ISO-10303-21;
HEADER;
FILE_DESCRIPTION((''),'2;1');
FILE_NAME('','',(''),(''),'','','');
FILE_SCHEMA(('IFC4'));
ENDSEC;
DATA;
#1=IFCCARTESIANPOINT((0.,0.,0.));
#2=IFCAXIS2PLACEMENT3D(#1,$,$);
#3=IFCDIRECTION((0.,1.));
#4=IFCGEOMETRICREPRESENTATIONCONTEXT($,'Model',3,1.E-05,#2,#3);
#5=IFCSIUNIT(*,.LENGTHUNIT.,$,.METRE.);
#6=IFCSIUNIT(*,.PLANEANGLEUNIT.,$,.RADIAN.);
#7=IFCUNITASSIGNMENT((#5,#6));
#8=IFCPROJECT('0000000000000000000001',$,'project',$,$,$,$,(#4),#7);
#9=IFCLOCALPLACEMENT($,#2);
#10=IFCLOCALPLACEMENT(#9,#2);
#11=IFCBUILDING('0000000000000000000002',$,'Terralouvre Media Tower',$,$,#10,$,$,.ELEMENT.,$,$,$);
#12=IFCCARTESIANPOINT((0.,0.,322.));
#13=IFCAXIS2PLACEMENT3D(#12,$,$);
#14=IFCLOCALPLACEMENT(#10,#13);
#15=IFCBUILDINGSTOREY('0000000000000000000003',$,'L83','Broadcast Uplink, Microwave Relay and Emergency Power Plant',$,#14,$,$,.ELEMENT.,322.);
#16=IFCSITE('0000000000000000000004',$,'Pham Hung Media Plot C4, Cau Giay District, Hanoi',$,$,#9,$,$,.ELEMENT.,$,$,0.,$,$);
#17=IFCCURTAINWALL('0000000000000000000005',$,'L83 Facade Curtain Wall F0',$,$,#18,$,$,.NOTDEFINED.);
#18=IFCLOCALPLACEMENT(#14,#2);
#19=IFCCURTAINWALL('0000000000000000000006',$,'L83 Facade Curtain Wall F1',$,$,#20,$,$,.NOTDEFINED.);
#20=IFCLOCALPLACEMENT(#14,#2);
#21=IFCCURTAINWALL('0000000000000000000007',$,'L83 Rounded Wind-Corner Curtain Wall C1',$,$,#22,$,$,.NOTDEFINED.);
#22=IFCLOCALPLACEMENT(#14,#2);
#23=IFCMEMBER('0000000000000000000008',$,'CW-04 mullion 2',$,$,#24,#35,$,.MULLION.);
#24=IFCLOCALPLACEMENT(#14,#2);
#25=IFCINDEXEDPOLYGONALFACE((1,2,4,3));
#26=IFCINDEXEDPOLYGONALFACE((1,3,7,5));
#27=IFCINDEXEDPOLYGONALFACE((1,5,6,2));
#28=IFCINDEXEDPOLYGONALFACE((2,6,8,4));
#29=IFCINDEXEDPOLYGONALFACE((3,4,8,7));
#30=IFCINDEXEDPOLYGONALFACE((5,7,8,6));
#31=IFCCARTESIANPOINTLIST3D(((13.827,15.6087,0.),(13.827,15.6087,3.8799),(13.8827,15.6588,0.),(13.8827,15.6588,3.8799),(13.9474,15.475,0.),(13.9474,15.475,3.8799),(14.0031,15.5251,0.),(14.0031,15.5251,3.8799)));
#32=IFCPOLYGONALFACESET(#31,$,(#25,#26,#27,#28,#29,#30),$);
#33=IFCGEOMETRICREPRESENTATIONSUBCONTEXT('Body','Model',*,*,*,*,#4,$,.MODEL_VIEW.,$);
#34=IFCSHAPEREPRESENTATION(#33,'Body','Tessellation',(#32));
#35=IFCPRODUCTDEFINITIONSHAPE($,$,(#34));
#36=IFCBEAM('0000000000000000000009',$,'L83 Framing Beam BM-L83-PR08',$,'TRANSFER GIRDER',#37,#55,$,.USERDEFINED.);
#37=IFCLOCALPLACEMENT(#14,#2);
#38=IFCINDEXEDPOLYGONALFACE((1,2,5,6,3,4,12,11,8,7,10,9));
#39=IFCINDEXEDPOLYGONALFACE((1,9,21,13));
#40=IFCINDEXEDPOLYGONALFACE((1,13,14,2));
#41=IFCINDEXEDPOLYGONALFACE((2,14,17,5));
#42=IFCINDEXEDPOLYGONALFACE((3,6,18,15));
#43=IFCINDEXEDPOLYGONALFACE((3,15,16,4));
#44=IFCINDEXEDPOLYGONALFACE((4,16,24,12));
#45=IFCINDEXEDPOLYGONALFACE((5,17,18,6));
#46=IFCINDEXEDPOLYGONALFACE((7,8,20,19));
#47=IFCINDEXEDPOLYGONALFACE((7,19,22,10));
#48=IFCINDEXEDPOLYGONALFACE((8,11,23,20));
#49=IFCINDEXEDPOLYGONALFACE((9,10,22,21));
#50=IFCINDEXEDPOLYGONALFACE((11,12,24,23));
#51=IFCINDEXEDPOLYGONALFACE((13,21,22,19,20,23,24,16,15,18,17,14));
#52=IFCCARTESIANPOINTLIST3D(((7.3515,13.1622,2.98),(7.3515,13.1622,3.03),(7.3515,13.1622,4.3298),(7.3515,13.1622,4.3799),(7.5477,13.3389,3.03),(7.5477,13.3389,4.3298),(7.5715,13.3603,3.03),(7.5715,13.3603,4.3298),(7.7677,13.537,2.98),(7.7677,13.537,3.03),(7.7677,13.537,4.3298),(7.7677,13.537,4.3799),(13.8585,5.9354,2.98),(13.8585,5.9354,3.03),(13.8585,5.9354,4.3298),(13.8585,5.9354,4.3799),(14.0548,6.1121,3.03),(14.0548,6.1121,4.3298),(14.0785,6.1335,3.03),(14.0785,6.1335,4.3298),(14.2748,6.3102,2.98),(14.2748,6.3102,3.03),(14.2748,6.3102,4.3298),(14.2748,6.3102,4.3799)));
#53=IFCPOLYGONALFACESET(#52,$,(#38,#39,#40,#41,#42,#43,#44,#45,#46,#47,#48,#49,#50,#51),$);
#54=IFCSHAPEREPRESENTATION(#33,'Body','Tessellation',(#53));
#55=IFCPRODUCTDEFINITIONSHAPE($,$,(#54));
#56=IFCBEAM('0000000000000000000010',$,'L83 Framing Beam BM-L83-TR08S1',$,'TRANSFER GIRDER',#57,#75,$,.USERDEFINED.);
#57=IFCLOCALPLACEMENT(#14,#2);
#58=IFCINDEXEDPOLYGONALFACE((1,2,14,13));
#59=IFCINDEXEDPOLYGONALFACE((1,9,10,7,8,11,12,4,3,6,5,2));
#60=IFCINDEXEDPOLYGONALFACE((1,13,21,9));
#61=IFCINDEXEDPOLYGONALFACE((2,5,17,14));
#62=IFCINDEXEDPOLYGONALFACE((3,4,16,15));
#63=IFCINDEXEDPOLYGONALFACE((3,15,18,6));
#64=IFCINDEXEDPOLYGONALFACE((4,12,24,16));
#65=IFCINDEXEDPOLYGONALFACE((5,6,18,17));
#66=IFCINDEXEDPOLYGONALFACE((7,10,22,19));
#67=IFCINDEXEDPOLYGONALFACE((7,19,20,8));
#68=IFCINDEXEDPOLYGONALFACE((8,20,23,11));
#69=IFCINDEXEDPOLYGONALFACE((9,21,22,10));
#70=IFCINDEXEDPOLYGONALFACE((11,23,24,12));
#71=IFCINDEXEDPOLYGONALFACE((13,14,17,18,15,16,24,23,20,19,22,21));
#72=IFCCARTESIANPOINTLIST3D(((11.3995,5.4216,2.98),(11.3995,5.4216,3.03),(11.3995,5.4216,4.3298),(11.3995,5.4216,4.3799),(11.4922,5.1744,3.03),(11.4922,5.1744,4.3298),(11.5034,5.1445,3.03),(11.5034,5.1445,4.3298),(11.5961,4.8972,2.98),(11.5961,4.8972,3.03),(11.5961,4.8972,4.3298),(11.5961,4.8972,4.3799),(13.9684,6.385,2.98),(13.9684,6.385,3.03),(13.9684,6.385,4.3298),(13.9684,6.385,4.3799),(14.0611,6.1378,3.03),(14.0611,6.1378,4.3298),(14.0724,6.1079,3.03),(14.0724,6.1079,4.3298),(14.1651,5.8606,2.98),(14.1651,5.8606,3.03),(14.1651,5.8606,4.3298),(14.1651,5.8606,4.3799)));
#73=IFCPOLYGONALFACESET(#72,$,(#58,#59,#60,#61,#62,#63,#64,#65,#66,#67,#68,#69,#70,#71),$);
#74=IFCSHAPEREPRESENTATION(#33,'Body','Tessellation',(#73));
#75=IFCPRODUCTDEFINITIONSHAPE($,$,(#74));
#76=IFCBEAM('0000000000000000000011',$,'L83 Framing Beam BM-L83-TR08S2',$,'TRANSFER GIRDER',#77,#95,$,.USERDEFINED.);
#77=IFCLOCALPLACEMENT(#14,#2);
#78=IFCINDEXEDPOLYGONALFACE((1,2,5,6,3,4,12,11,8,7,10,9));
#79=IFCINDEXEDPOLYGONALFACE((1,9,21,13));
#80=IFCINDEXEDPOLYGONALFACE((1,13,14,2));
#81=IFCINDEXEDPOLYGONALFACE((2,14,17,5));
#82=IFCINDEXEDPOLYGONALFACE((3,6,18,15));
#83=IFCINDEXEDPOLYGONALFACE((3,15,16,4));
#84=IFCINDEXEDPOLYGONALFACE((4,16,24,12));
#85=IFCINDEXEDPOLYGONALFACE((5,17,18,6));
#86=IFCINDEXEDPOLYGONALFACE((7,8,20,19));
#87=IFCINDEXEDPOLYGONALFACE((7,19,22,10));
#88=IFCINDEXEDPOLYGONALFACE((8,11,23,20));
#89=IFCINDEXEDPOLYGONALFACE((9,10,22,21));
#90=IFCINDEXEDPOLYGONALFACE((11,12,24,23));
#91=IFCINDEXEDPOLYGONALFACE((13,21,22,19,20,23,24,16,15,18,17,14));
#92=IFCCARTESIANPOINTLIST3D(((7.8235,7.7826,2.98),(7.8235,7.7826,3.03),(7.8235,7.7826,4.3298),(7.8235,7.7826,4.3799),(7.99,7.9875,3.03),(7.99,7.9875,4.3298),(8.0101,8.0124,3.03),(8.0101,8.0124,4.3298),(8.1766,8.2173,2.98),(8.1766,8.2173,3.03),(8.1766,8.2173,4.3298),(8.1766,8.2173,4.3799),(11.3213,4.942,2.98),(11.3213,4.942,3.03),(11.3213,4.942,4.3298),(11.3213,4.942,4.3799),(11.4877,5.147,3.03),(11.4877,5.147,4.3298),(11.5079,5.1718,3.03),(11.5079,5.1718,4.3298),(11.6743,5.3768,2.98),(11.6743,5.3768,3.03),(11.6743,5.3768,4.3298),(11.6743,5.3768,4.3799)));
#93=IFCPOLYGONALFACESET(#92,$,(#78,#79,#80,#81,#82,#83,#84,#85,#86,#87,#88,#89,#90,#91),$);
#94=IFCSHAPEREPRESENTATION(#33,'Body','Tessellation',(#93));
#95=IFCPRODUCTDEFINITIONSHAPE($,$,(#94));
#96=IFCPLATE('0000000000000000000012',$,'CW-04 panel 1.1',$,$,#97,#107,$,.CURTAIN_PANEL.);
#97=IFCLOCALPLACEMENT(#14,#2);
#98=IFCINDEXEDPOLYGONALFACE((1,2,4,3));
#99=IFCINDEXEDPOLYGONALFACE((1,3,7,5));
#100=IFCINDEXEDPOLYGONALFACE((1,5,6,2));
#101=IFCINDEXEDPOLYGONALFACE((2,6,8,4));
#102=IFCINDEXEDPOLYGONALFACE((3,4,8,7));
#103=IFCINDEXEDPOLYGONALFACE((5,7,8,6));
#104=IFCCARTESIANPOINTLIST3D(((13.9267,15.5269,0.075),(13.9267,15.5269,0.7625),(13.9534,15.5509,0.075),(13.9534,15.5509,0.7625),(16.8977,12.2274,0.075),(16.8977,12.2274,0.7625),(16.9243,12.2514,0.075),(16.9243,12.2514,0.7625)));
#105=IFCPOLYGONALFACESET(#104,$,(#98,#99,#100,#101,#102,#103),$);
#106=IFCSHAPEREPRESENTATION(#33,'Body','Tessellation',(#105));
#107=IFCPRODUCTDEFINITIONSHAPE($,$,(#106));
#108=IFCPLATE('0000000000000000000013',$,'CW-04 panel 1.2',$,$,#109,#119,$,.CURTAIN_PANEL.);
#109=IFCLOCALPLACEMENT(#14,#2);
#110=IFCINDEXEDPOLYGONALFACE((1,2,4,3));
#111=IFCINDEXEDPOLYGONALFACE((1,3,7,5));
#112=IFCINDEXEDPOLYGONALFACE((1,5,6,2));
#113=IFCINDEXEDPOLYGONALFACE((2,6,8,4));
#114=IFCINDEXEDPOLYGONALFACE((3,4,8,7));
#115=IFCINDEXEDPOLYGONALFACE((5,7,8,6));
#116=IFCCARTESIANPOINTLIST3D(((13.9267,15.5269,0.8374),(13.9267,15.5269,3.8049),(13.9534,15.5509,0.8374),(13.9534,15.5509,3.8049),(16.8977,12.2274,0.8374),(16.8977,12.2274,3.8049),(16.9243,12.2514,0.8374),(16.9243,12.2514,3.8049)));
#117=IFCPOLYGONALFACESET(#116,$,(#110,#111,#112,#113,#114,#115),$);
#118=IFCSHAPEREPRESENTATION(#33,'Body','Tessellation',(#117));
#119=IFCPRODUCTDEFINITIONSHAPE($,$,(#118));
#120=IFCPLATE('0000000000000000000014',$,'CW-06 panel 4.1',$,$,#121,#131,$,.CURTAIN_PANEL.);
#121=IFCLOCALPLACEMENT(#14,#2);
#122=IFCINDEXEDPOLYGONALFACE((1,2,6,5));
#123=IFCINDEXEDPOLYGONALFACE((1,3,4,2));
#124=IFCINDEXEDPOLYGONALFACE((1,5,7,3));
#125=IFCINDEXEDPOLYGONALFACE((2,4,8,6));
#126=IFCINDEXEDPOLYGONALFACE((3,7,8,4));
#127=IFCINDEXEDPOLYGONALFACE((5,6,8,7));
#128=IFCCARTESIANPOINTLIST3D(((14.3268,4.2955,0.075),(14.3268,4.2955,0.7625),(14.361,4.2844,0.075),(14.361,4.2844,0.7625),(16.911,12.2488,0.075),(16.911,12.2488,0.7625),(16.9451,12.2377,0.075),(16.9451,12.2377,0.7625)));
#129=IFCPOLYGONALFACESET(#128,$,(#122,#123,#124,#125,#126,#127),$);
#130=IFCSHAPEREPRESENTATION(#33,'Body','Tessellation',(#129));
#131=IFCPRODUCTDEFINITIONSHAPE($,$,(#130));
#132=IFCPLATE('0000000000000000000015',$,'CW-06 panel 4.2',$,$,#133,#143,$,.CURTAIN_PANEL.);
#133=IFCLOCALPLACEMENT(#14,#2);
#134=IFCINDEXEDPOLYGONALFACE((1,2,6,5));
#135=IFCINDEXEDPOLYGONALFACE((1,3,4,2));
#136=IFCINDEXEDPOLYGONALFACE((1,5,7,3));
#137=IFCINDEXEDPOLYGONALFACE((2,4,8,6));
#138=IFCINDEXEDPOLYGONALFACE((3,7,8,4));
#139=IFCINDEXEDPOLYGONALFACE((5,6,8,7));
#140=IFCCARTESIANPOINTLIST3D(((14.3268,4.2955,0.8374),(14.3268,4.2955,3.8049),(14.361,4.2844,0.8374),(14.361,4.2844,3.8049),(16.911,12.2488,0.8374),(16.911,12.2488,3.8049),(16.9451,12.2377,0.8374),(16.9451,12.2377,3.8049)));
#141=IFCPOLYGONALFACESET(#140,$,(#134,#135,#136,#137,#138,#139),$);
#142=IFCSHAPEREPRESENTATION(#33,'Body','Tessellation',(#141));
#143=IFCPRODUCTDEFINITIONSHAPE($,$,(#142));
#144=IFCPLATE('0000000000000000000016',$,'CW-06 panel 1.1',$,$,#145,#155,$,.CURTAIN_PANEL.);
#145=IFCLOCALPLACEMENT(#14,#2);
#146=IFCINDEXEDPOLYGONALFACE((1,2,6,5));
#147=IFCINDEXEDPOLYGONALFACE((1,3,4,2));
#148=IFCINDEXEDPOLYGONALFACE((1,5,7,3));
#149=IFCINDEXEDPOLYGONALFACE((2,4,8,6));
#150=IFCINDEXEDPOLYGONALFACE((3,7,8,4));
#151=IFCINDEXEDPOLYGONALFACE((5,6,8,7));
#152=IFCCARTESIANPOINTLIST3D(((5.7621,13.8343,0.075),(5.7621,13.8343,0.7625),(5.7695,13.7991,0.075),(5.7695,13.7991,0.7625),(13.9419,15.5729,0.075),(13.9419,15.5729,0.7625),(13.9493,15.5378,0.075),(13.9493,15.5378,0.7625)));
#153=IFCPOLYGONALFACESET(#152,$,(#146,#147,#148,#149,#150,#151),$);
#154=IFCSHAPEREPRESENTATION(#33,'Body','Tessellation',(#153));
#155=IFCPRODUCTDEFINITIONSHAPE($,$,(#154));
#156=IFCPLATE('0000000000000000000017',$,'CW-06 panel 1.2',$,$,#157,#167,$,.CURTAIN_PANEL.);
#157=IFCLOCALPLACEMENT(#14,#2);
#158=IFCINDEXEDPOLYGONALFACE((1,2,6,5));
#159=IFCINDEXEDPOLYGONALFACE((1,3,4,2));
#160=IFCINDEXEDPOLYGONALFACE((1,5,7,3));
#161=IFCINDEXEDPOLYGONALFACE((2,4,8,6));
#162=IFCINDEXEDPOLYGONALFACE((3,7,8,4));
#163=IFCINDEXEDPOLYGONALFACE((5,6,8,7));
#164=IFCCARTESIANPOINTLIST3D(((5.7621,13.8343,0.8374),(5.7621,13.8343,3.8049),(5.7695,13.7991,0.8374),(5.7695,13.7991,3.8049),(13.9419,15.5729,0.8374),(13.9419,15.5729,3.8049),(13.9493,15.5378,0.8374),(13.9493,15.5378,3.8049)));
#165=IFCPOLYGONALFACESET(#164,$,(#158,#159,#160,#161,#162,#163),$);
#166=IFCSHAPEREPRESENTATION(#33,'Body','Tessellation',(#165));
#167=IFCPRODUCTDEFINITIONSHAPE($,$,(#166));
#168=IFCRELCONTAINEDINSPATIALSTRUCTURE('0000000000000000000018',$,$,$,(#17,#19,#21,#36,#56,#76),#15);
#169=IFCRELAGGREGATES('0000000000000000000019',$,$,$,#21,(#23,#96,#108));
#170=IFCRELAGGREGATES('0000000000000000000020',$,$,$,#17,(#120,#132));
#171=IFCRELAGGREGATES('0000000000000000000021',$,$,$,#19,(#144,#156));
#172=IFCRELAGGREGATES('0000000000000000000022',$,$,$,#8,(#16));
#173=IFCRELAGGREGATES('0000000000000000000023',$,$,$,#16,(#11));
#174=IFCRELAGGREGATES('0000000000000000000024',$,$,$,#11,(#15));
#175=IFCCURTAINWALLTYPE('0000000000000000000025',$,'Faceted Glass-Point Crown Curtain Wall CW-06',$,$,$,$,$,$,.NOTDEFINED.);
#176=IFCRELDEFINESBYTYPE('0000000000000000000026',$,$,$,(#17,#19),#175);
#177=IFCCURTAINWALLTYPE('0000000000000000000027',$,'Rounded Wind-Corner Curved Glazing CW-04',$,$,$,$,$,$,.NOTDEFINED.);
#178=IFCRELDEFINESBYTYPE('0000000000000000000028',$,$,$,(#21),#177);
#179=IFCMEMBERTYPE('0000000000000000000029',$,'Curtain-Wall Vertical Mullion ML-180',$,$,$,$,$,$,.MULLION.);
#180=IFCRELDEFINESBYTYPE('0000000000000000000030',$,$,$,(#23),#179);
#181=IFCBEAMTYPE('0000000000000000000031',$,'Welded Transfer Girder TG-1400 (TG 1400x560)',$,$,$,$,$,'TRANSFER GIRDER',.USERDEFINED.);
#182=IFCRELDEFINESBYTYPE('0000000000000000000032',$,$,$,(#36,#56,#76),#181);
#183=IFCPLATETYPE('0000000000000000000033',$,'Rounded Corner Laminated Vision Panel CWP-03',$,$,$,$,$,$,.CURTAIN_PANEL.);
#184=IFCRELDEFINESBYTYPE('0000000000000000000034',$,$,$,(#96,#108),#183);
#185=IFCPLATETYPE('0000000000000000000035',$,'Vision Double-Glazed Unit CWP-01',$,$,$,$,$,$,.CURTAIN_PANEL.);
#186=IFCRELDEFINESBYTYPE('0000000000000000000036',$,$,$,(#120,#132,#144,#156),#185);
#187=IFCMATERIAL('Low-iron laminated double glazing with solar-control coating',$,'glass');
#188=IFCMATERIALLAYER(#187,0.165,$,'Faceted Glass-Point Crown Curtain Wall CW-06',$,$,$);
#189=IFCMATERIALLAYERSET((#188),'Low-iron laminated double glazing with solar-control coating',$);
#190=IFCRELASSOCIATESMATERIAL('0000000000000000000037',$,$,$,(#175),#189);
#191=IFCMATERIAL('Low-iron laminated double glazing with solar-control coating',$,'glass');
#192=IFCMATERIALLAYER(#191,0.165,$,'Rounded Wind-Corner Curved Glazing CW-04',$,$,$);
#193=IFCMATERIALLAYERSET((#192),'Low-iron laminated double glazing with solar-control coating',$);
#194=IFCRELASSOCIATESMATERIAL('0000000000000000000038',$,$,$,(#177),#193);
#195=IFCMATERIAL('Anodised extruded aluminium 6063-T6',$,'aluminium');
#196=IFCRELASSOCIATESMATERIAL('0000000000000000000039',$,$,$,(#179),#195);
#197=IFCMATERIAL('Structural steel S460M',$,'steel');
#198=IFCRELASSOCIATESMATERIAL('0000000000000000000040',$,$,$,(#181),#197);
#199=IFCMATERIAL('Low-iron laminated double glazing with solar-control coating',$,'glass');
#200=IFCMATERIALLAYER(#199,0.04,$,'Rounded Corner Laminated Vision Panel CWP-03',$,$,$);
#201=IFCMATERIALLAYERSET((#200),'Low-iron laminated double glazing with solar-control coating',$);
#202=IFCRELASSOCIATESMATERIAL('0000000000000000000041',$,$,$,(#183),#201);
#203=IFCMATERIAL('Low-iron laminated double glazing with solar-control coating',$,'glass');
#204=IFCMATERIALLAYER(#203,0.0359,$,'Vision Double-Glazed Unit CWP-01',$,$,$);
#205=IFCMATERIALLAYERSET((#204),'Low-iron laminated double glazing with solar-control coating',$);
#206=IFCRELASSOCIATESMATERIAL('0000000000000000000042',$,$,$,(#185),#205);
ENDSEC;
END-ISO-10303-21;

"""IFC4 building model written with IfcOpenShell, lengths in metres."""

from ifc_helpers import new_model, si_unit, direction, frame, origin, origin_2d, place, context, subcontext, project, spatial, rectangle, i_section, extrude, material, layer, layer_set, material_profile, profile_set, type_object, element, aggregate, save


model = new_model("IFC4")

# Units and contexts
model_context = context("Model", 3, precision=1e-05, world=origin(), true_north=direction((0.0, 1.0)))
body_context = subcontext(model_context, "Body", "Model", "MODEL_VIEW")
ifc_project = project(units=[si_unit("LENGTHUNIT", "METRE"), si_unit("PLANEANGLEUNIT", "RADIAN")], contexts=[model_context])

# Site, building, storey
site_placement = place(None, origin())
site = spatial("IfcSite", under=ifc_project, at=site_placement, Name="Pham Hung Media Plot C4, Cau Giay District, Hanoi", CompositionType="ELEMENT", RefElevation=0.0)
building_placement = place(site_placement, origin())
building = spatial("IfcBuilding", under=site, at=building_placement, Name="Terralouvre Media Tower", CompositionType="ELEMENT")
storey_placement = place(building_placement, frame((0.0, 0.0, 322.0)))
storey = spatial("IfcBuildingStorey", under=building, at=storey_placement, Name="L83", Description="Broadcast Uplink, Microwave Relay and Emergency Power Plant", CompositionType="ELEMENT", Elevation=322.0)

# Curtain walls
ifc_material_1 = material(Name="Low-iron laminated double glazing with solar-control coating", Category="glass")
ifc_layer_1 = layer(ifc_material_1, 0.165, Name="Faceted Glass-Point Crown Curtain Wall CW-06")
ifc_layer_set_1 = layer_set([ifc_layer_1], Name="Low-iron laminated double glazing with solar-control coating")
curtain_wall_type_1 = type_object("IfcCurtainWallType", Name="Faceted Glass-Point Crown Curtain Wall CW-06", PredefinedType="NOTDEFINED", material=ifc_layer_set_1)
curtain_wall_1_placement = place(storey_placement, origin())
curtain_wall_1 = element("IfcCurtainWall", 1, at=curtain_wall_1_placement, inside=storey, type_object=curtain_wall_type_1, Name="L83 Facade Curtain Wall F0", PredefinedType="NOTDEFINED")
curtain_wall_2_placement = place(storey_placement, origin())
curtain_wall_2 = element("IfcCurtainWall", 2, at=curtain_wall_2_placement, inside=storey, type_object=curtain_wall_type_1, Name="L83 Facade Curtain Wall F1", PredefinedType="NOTDEFINED")
ifc_material_2 = material(Name="Low-iron laminated double glazing with solar-control coating", Category="glass")
ifc_layer_2 = layer(ifc_material_2, 0.165, Name="Rounded Wind-Corner Curved Glazing CW-04")
ifc_layer_set_2 = layer_set([ifc_layer_2], Name="Low-iron laminated double glazing with solar-control coating")
curtain_wall_type_2 = type_object("IfcCurtainWallType", Name="Rounded Wind-Corner Curved Glazing CW-04", PredefinedType="NOTDEFINED", material=ifc_layer_set_2)
curtain_wall_3_placement = place(storey_placement, origin())
curtain_wall_3 = element("IfcCurtainWall", 3, at=curtain_wall_3_placement, inside=storey, type_object=curtain_wall_type_2, Name="L83 Rounded Wind-Corner Curtain Wall C1", PredefinedType="NOTDEFINED")

# Member
ifc_material_3 = material(Name="Anodised extruded aluminium 6063-T6", Category="aluminium")
ifc_material_profile_1 = material_profile(ifc_material_3, rectangle(XDim=0.075, YDim=0.1799, at=origin_2d()), Name="ALU 75x180")
ifc_profile_set_1 = profile_set([ifc_material_profile_1], Name="Anodised extruded aluminium 6063-T6")
member_type_1 = type_object("IfcMemberType", Name="Curtain-Wall Vertical Mullion ML-180", PredefinedType="MULLION", material=ifc_profile_set_1)
member_1_placement = place(storey_placement, frame((13.915, 15.5669, 0.0), z_axis=(0.0, 0.0, 1.0), x_axis=(-0.743144, -0.669132, 0.0)))
member_1 = element("IfcMember", 4, at=member_1_placement, type_object=member_type_1, Name="CW-04 mullion 2", PredefinedType="MULLION", context=body_context, shape_type="SweptSolid", body=[
    extrude(rectangle(XDim=0.075, YDim=0.1799, at=origin_2d()), origin(), (0.0, 0.0, 1.0), 3.8799),
])

# Beams
ifc_material_4 = material(Name="Structural steel S460M", Category="steel")
ifc_material_profile_2 = material_profile(ifc_material_4, i_section(OverallWidth=0.5601, OverallDepth=1.3999, WebThickness=0.032, FlangeThickness=0.05, at=origin_2d()), Name="TG 1400x560")
ifc_profile_set_2 = profile_set([ifc_material_profile_2], Name="Structural steel S460M")
beam_type = type_object("IfcBeamType", Name="Welded Transfer Girder TG-1400 (TG 1400x560)", ElementType="TRANSFER GIRDER", PredefinedType="USERDEFINED", material=ifc_profile_set_2)
beam_1_placement = place(storey_placement, frame((14.0667, 6.1228, 3.6799), z_axis=(-0.669133, 0.743143, 0.0), x_axis=(-0.743143, -0.669133, 0.0)))
element("IfcBeam", 5, at=beam_1_placement, inside=storey, type_object=beam_type, Name="L83 Framing Beam BM-L83-PR08", ObjectType="TRANSFER GIRDER", PredefinedType="USERDEFINED", context=body_context, shape_type="SweptSolid", body=[
    extrude(i_section(OverallWidth=0.5601, OverallDepth=1.3999, WebThickness=0.032, FlangeThickness=0.05, at=origin_2d()), origin(), (0.0, 0.0, 1.0), 9.7246),
])
beam_2_placement = place(storey_placement, frame((11.4978, 5.1594, 3.6799), z_axis=(0.936322, 0.351143, 0.0), x_axis=(-0.351143, 0.936322, 0.0)))
element("IfcBeam", 6, at=beam_2_placement, inside=storey, type_object=beam_type, Name="L83 Framing Beam BM-L83-TR08S1", ObjectType="TRANSFER GIRDER", PredefinedType="USERDEFINED", context=body_context, shape_type="SweptSolid", body=[
    extrude(i_section(OverallWidth=0.5601, OverallDepth=1.3999, WebThickness=0.032, FlangeThickness=0.05, at=origin_2d()), origin(), (0.0, 0.0, 1.0), 2.7437),
])
beam_3_placement = place(storey_placement, frame((11.4978, 5.1594, 3.6799), z_axis=(-0.776265, 0.630407, 0.0), x_axis=(-0.630407, -0.776265, 0.0)))
element("IfcBeam", 7, at=beam_3_placement, inside=storey, type_object=beam_type, Name="L83 Framing Beam BM-L83-TR08S2", ObjectType="TRANSFER GIRDER", PredefinedType="USERDEFINED", context=body_context, shape_type="SweptSolid", body=[
    extrude(i_section(OverallWidth=0.5601, OverallDepth=1.3999, WebThickness=0.032, FlangeThickness=0.05, at=origin_2d()), origin(), (0.0, 0.0, 1.0), 4.5059),
])

# Plates
ifc_material_5 = material(Name="Low-iron laminated double glazing with solar-control coating", Category="glass")
ifc_layer_3 = layer(ifc_material_5, 0.04, Name="Rounded Corner Laminated Vision Panel CWP-03")
ifc_layer_set_3 = layer_set([ifc_layer_3], Name="Low-iron laminated double glazing with solar-control coating")
plate_type_1 = type_object("IfcPlateType", Name="Rounded Corner Laminated Vision Panel CWP-03", PredefinedType="CURTAIN_PANEL", material=ifc_layer_set_3)
plate_1_placement = place(storey_placement, frame((15.4255, 13.8892, 0.075), z_axis=(0.0, 0.0, 1.0), x_axis=(-0.669132, 0.743144, 0.0)))
plate_1 = element("IfcPlate", 8, at=plate_1_placement, type_object=plate_type_1, Name="CW-04 panel 1.1", PredefinedType="CURTAIN_PANEL", context=body_context, shape_type="SweptSolid", body=[
    extrude(rectangle(XDim=4.4399, YDim=0.0359, at=origin_2d()), origin(), (0.0, 0.0, 1.0), 0.6875),
])
plate_2_placement = place(storey_placement, frame((15.4255, 13.8892, 0.8374), z_axis=(0.0, 0.0, 1.0), x_axis=(-0.669132, 0.743144, 0.0)))
plate_2 = element("IfcPlate", 9, at=plate_2_placement, type_object=plate_type_1, Name="CW-04 panel 1.2", PredefinedType="CURTAIN_PANEL", context=body_context, shape_type="SweptSolid", body=[
    extrude(rectangle(XDim=4.4399, YDim=0.0359, at=origin_2d()), origin(), (0.0, 0.0, 1.0), 2.9675),
])
aggregate(curtain_wall_3, [member_1, plate_1, plate_2])
ifc_material_6 = material(Name="Low-iron laminated double glazing with solar-control coating", Category="glass")
ifc_layer_4 = layer(ifc_material_6, 0.0359, Name="Vision Double-Glazed Unit CWP-01")
ifc_layer_set_4 = layer_set([ifc_layer_4], Name="Low-iron laminated double glazing with solar-control coating")
plate_type_2 = type_object("IfcPlateType", Name="Vision Double-Glazed Unit CWP-01", PredefinedType="CURTAIN_PANEL", material=ifc_layer_set_4)
plate_3_placement = place(storey_placement, frame((15.636, 8.2666, 0.075), z_axis=(0.0, 0.0, 1.0), x_axis=(0.309017, 0.951057, 0.0)))
plate_3 = element("IfcPlate", 10, at=plate_3_placement, type_object=plate_type_2, Name="CW-06 panel 4.1", PredefinedType="CURTAIN_PANEL", context=body_context, shape_type="SweptSolid", body=[
    extrude(rectangle(XDim=8.3625, YDim=0.0359, at=origin_2d()), origin(), (0.0, 0.0, 1.0), 0.6875),
])
plate_4_placement = place(storey_placement, frame((15.636, 8.2666, 0.8374), z_axis=(0.0, 0.0, 1.0), x_axis=(0.309017, 0.951057, 0.0)))
plate_4 = element("IfcPlate", 11, at=plate_4_placement, type_object=plate_type_2, Name="CW-06 panel 4.2", PredefinedType="CURTAIN_PANEL", context=body_context, shape_type="SweptSolid", body=[
    extrude(rectangle(XDim=8.3625, YDim=0.0359, at=origin_2d()), origin(), (0.0, 0.0, 1.0), 2.9675),
])
aggregate(curtain_wall_1, [plate_3, plate_4])
plate_5_placement = place(storey_placement, frame((9.8557, 14.686, 0.075), z_axis=(0.0, 0.0, 1.0), x_axis=(-0.978148, -0.207912, 0.0)))
plate_5 = element("IfcPlate", 12, at=plate_5_placement, type_object=plate_type_2, Name="CW-06 panel 1.1", PredefinedType="CURTAIN_PANEL", context=body_context, shape_type="SweptSolid", body=[
    extrude(rectangle(XDim=8.3625, YDim=0.0359, at=origin_2d()), origin(), (0.0, 0.0, 1.0), 0.6875),
])
plate_6_placement = place(storey_placement, frame((9.8557, 14.686, 0.8374), z_axis=(0.0, 0.0, 1.0), x_axis=(-0.978148, -0.207912, 0.0)))
plate_6 = element("IfcPlate", 13, at=plate_6_placement, type_object=plate_type_2, Name="CW-06 panel 1.2", PredefinedType="CURTAIN_PANEL", context=body_context, shape_type="SweptSolid", body=[
    extrude(rectangle(XDim=8.3625, YDim=0.0359, at=origin_2d()), origin(), (0.0, 0.0, 1.0), 2.9675),
])
aggregate(curtain_wall_2, [plate_5, plate_6])

save(model, "model.ifc")
